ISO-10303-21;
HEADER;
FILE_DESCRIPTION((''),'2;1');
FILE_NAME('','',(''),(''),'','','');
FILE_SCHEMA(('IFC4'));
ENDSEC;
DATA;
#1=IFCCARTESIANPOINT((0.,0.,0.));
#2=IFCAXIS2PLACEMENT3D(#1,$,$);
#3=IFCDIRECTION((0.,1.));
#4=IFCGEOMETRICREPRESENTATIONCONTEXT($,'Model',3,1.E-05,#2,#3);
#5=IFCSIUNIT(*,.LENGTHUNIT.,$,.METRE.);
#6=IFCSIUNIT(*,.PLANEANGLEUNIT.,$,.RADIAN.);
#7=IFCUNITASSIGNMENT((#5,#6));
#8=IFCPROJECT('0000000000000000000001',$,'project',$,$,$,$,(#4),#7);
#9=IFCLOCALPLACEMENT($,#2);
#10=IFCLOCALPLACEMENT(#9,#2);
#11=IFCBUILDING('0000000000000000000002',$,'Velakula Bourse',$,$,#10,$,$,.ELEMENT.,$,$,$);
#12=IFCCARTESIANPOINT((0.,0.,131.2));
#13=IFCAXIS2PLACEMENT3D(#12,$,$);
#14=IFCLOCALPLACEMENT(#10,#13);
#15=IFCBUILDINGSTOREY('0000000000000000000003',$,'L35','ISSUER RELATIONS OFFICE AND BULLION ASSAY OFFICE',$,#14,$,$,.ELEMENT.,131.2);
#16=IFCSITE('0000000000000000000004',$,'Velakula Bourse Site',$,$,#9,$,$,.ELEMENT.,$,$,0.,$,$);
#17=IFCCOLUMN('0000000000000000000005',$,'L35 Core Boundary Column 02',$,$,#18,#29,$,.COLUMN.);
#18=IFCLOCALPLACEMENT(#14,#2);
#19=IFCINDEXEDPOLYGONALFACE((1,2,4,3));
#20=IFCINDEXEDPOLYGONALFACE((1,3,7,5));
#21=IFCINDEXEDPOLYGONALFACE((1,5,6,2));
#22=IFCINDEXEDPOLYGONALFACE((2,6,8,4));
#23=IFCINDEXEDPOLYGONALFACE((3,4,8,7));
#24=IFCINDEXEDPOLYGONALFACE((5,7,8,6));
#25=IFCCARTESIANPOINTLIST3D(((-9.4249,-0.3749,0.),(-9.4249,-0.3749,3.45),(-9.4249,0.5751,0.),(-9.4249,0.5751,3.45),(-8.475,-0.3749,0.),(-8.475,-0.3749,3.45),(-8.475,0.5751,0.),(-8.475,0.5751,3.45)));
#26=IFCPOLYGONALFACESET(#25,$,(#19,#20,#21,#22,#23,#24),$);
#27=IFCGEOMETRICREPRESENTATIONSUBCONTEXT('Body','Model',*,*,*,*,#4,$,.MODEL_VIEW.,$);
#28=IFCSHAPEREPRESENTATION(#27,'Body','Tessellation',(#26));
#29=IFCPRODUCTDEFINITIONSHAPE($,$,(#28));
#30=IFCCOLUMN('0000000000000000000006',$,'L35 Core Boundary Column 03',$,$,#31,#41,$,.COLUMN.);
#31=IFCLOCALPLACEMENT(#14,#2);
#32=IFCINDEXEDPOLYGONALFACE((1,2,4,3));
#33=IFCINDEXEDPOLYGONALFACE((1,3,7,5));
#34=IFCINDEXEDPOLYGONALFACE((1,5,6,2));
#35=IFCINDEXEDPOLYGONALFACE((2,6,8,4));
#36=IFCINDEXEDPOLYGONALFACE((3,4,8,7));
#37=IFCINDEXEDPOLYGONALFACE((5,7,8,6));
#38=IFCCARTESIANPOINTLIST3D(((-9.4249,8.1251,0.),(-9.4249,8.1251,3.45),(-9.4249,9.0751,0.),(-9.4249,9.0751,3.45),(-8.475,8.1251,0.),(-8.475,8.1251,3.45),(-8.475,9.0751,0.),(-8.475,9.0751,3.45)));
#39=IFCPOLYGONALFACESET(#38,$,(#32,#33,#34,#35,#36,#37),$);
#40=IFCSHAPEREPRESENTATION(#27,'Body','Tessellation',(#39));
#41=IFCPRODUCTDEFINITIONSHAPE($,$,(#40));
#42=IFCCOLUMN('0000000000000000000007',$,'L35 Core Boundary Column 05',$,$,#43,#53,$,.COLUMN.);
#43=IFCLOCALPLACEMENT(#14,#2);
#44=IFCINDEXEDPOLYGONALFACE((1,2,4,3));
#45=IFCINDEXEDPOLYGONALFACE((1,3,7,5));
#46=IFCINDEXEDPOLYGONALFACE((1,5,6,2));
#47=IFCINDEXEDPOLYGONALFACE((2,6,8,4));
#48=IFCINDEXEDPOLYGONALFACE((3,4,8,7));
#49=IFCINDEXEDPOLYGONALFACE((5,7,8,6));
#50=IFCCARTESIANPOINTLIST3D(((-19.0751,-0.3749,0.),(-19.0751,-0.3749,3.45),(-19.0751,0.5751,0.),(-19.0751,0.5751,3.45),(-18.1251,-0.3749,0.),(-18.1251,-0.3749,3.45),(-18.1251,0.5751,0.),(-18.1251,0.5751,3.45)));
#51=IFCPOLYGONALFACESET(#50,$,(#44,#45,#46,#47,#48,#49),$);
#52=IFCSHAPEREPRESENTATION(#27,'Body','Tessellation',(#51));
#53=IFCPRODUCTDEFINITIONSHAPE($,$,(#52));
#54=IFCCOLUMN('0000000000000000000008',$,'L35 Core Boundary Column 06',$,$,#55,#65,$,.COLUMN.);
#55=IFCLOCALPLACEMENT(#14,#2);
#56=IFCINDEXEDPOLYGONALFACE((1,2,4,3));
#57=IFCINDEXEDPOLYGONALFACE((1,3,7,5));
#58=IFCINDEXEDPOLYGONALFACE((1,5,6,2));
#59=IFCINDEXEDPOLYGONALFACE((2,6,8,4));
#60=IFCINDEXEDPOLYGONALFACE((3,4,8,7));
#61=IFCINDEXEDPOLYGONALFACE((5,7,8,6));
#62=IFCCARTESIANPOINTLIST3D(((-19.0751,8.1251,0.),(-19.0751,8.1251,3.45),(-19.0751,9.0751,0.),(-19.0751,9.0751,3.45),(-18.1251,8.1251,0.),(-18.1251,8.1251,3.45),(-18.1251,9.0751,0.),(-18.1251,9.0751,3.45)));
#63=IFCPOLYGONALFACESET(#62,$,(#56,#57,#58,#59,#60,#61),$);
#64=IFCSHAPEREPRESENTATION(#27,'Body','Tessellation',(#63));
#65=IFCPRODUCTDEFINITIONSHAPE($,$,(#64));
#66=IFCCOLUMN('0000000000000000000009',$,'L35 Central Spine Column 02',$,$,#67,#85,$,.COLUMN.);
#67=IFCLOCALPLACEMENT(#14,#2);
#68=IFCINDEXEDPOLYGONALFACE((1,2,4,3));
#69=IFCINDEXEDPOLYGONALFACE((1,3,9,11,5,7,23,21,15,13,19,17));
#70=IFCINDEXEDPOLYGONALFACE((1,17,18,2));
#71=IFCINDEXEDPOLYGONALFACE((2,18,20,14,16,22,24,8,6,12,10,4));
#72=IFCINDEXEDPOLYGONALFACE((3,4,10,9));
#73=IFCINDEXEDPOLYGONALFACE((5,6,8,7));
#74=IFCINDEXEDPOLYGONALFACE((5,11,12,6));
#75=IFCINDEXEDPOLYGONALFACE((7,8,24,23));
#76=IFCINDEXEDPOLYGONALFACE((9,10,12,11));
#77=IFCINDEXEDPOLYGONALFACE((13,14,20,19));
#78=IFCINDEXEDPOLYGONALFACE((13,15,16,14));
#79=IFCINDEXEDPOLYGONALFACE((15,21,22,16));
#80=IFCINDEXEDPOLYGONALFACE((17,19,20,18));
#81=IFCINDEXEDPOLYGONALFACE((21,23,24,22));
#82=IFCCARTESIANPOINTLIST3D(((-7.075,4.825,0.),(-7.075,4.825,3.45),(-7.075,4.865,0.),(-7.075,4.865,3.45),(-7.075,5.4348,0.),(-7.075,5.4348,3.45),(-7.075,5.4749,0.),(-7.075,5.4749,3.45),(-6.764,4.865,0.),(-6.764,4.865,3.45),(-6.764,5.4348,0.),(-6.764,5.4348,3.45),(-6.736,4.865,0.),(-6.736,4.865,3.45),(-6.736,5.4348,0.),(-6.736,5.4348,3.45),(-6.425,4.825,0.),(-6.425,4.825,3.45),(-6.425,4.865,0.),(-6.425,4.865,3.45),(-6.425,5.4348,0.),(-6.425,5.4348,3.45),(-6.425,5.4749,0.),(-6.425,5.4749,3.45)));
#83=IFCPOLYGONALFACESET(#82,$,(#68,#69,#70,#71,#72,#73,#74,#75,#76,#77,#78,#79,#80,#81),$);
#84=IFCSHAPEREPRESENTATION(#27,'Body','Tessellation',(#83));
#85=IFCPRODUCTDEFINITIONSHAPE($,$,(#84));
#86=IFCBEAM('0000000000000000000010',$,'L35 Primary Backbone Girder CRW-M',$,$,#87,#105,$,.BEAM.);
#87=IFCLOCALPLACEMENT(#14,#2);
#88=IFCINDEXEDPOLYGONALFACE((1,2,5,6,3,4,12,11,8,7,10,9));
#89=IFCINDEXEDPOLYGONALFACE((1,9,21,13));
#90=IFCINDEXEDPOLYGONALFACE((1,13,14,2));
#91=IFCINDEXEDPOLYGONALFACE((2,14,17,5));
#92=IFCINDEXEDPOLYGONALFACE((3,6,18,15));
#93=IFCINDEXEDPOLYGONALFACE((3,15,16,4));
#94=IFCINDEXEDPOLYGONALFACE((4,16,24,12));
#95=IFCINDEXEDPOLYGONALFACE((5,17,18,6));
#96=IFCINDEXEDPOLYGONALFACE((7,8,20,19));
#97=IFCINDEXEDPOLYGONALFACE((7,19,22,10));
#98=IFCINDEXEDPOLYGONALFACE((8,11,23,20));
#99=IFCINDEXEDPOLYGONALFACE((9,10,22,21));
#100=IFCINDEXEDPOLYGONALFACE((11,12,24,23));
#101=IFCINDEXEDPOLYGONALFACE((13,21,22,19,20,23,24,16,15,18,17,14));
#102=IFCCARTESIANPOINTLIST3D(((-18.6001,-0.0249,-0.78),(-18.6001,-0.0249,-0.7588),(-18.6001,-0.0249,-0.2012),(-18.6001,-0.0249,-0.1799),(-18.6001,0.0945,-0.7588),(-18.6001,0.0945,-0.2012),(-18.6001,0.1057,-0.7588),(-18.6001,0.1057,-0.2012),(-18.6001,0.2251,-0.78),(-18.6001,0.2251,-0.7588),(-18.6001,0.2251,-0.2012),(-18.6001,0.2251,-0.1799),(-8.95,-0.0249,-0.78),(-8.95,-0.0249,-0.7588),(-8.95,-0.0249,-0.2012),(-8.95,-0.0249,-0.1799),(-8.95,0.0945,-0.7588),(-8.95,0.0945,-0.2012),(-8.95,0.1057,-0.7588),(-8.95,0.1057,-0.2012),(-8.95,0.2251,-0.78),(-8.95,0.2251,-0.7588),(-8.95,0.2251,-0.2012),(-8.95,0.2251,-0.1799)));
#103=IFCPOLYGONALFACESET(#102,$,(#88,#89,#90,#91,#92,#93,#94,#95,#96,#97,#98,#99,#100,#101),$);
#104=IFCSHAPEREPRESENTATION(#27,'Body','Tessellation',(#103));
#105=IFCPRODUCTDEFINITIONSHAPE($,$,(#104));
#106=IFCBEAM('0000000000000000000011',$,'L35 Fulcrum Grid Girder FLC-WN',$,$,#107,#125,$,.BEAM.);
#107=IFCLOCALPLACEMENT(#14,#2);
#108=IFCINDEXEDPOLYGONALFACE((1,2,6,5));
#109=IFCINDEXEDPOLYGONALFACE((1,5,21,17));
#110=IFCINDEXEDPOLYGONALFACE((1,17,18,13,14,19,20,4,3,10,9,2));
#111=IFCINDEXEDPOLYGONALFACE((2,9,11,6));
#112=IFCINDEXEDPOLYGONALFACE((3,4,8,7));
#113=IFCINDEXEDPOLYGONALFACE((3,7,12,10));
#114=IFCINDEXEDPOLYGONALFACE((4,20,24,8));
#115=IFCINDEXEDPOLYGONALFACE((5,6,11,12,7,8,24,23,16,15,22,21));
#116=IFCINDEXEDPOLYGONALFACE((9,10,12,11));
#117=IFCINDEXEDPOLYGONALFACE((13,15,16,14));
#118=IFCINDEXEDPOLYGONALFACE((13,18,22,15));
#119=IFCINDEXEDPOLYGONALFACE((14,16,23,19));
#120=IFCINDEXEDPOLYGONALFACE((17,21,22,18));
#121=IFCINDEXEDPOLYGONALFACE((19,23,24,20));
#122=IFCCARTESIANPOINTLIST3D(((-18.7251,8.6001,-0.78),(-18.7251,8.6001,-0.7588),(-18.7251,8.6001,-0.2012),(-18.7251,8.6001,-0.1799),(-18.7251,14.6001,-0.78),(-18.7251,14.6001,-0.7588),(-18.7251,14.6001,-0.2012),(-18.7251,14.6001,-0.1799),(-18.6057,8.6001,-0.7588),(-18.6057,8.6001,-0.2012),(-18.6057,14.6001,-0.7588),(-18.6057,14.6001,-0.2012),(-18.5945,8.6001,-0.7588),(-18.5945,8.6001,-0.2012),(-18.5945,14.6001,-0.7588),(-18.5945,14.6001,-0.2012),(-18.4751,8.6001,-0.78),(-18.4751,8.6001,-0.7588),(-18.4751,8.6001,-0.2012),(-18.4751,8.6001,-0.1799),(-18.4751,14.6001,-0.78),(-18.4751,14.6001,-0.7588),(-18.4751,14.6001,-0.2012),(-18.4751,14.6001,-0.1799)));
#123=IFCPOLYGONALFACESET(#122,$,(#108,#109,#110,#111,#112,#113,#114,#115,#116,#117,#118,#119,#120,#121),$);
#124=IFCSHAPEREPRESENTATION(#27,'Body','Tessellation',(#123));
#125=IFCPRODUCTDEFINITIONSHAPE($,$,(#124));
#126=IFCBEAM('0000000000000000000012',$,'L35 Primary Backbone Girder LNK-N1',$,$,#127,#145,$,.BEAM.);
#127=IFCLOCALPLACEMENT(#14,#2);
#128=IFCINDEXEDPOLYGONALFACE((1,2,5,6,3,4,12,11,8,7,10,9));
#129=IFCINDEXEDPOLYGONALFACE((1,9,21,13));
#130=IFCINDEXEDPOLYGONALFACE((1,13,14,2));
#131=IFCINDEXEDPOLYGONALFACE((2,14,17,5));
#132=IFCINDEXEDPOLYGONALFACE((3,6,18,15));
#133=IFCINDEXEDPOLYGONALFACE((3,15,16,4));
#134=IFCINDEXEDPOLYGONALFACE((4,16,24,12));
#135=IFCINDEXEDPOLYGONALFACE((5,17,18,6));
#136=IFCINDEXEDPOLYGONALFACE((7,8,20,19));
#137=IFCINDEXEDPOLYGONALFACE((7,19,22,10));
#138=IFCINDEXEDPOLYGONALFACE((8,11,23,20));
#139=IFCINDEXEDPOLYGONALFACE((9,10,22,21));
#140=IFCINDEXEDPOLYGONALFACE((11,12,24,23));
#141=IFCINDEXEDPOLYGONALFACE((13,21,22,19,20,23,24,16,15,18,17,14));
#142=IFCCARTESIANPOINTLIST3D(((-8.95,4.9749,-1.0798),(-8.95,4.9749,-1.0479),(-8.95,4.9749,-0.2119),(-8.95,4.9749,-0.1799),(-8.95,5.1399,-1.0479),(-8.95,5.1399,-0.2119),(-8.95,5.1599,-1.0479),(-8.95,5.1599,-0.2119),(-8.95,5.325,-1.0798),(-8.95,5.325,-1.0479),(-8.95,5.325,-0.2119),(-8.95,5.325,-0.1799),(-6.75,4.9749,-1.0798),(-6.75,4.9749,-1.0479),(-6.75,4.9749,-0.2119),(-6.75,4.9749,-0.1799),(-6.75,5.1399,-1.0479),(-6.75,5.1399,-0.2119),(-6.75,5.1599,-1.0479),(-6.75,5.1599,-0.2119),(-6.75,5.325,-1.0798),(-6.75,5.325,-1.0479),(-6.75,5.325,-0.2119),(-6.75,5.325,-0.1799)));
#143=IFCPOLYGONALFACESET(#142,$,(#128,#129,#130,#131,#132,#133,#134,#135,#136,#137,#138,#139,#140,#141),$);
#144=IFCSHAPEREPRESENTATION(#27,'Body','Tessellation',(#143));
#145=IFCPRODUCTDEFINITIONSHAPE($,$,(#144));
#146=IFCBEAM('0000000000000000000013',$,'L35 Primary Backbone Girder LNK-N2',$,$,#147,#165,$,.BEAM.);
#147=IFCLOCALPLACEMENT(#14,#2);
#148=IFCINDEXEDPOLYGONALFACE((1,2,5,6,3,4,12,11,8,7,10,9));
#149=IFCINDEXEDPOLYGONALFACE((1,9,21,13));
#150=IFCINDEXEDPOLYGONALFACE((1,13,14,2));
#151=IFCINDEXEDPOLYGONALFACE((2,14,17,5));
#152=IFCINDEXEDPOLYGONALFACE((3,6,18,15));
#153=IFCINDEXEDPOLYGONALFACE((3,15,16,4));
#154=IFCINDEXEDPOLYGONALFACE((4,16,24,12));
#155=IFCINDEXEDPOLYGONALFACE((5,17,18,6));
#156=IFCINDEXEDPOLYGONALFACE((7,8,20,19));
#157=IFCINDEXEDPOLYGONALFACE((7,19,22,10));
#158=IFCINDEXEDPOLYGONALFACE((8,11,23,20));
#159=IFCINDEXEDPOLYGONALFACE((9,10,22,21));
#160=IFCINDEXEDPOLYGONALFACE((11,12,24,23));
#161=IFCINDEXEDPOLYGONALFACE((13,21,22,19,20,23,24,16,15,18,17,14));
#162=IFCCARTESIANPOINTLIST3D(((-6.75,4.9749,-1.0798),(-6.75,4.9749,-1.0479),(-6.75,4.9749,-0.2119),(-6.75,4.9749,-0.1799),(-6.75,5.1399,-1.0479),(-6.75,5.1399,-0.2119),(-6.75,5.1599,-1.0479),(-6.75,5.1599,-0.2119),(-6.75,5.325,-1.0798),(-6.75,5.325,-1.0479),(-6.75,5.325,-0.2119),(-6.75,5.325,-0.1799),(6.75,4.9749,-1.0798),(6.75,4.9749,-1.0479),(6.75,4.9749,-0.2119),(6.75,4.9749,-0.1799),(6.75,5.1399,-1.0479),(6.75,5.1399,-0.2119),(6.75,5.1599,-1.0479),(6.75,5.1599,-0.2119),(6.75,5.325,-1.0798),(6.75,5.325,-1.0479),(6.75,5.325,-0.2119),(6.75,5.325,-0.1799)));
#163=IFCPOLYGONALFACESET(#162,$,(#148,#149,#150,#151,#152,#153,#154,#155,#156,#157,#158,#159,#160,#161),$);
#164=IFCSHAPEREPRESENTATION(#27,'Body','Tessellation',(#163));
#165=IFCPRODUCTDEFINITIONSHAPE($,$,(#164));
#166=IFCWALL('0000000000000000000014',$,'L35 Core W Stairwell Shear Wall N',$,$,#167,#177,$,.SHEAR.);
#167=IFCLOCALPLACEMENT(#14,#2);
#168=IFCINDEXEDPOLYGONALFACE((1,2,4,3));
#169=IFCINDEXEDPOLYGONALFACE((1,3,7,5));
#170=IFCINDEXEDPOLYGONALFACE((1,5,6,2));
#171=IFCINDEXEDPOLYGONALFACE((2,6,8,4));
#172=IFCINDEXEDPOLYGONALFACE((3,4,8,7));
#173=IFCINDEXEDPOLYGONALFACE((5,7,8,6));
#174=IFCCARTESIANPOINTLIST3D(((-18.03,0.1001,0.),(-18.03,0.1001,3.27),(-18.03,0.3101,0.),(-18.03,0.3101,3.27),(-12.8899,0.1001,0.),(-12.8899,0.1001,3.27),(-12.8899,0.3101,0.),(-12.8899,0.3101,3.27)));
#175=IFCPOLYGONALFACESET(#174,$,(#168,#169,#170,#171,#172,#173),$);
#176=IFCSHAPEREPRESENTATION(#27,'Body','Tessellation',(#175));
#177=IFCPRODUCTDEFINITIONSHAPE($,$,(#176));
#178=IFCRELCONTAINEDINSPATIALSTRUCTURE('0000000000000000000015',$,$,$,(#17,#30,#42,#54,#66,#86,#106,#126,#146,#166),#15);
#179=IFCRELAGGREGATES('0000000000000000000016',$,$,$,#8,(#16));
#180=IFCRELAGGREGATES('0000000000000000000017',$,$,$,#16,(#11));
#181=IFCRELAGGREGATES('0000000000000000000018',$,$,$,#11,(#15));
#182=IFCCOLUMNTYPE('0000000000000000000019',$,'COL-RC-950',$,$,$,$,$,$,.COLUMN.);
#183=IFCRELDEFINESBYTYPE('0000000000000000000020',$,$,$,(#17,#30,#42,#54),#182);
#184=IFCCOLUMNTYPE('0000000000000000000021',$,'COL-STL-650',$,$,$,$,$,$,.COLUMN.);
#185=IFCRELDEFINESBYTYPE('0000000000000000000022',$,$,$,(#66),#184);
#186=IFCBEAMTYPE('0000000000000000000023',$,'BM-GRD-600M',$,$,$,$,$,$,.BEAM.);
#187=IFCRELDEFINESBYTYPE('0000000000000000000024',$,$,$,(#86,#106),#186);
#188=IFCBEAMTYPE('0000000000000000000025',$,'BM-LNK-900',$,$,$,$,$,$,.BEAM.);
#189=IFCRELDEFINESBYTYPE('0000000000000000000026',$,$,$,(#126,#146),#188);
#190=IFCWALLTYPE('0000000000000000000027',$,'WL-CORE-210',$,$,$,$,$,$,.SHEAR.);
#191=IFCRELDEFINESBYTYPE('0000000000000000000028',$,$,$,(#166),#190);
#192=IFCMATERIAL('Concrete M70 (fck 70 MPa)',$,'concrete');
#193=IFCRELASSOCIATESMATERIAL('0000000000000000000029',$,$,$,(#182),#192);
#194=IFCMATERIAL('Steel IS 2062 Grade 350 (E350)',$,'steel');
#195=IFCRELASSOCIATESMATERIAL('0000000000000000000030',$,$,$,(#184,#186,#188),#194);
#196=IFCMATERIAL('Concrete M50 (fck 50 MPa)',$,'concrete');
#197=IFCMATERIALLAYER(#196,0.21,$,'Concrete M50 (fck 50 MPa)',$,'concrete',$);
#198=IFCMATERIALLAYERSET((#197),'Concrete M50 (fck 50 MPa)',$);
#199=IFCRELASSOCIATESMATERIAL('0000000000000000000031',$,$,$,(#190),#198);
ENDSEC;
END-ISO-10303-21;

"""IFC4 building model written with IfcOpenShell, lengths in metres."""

from ifc_helpers import new_model, si_unit, direction, frame, frame_2d, origin, origin_2d, place, context, subcontext, project, spatial, rectangle, i_section, extrude, material, layer, layer_set, material_profile, profile_set, type_object, element, save


model = new_model("IFC4")

# Units and contexts
model_context = context("Model", 3, precision=1e-05, world=origin(), true_north=direction((0.0, 1.0)))
body_context = subcontext(model_context, "Body", "Model", "MODEL_VIEW")
ifc_project = project(units=[si_unit("LENGTHUNIT", "METRE"), si_unit("PLANEANGLEUNIT", "RADIAN")], contexts=[model_context])

# Site, building, storey
site_placement = place(None, origin())
site = spatial("IfcSite", under=ifc_project, at=site_placement, Name="Velakula Bourse Site", CompositionType="ELEMENT", RefElevation=0.0)
building_placement = place(site_placement, origin())
building = spatial("IfcBuilding", under=site, at=building_placement, Name="Velakula Bourse", CompositionType="ELEMENT")
storey_placement = place(building_placement, frame((0.0, 0.0, 131.2)))
storey = spatial("IfcBuildingStorey", under=building, at=storey_placement, Name="L35", Description="ISSUER RELATIONS OFFICE AND BULLION ASSAY OFFICE", CompositionType="ELEMENT", Elevation=131.2)

# Columns
ifc_material_1 = material(Name="Concrete M70 (fck 70 MPa)", Category="concrete")
ifc_material_profile_1 = material_profile(ifc_material_1, rectangle(XDim=0.95, YDim=0.95, at=origin_2d()), Name="Concrete M70 (fck 70 MPa)")
ifc_profile_set_1 = profile_set([ifc_material_profile_1], Name="Concrete M70 (fck 70 MPa)")
column_type_1 = type_object("IfcColumnType", Name="COL-RC-950", PredefinedType="COLUMN", material=ifc_profile_set_1)
for number, where, z_axis, x_axis, name in (
    (1, (-8.95, 0.1001, 0.0), (0.0, 0.0, 1.0), (1.0, 0.0, 0.0), "L35 Core Boundary Column 02"),
    (2, (-8.95, 8.6001, 0.0), (0.0, 0.0, 1.0), (1.0, 0.0, 0.0), "L35 Core Boundary Column 03"),
    (3, (-18.6001, 0.1001, 0.0), (0.0, 0.0, 1.0), (1.0, 0.0, 0.0), "L35 Core Boundary Column 05"),
    (4, (-18.6001, 8.6001, 0.0), (0.0, 0.0, 1.0), (1.0, 0.0, 0.0), "L35 Core Boundary Column 06"),
):
    element("IfcColumn", number, at=place(storey_placement, frame(where, z_axis=z_axis, x_axis=x_axis)), inside=storey, type_object=column_type_1, Name=name, PredefinedType="COLUMN", context=body_context, shape_type="SweptSolid", body=[
        extrude(rectangle(XDim=0.95, YDim=0.95, at=origin_2d()), origin(), (0.0, 0.0, 1.0), 3.45),
    ])
ifc_material_2 = material(Name="Steel IS 2062 Grade 350 (E350)", Category="steel")
ifc_material_profile_2 = material_profile(ifc_material_2, i_section(OverallWidth=0.6499, OverallDepth=0.6499, WebThickness=0.0281, FlangeThickness=0.04, at=origin_2d()), Name="Steel IS 2062 Grade 350 (E350)")
ifc_profile_set_2 = profile_set([ifc_material_profile_2], Name="Steel IS 2062 Grade 350 (E350)")
column_type_2 = type_object("IfcColumnType", Name="COL-STL-650", PredefinedType="COLUMN", material=ifc_profile_set_2)
column_placement = place(storey_placement, frame((-6.75, 5.1499, 0.0), z_axis=(0.0, 0.0, 1.0), x_axis=(1.0, 0.0, 0.0)))
element("IfcColumn", 5, at=column_placement, inside=storey, type_object=column_type_2, Name="L35 Central Spine Column 02", PredefinedType="COLUMN", context=body_context, shape_type="SweptSolid", body=[
    extrude(i_section(OverallWidth=0.6499, OverallDepth=0.6499, WebThickness=0.0281, FlangeThickness=0.04, at=origin_2d()), origin(), (0.0, 0.0, 1.0), 3.45),
])

# Beams
ifc_material_profile_3 = material_profile(ifc_material_2, i_section(OverallWidth=0.25, OverallDepth=0.6001, WebThickness=0.0112, FlangeThickness=0.0212, at=origin_2d()), Name="Steel IS 2062 Grade 350 (E350)")
ifc_profile_set_3 = profile_set([ifc_material_profile_3], Name="Steel IS 2062 Grade 350 (E350)")
beam_type_1 = type_object("IfcBeamType", Name="BM-GRD-600M", PredefinedType="BEAM", material=ifc_profile_set_3)
beam_1_placement = place(storey_placement, frame((-18.6001, 0.1001, -0.48), z_axis=(1.0, 0.0, 0.0), x_axis=(0.0, 1.0, 0.0)))
element("IfcBeam", 6, at=beam_1_placement, inside=storey, type_object=beam_type_1, Name="L35 Primary Backbone Girder CRW-M", PredefinedType="BEAM", context=body_context, shape_type="SweptSolid", body=[
    extrude(i_section(OverallWidth=0.25, OverallDepth=0.6001, WebThickness=0.0112, FlangeThickness=0.0212, at=origin_2d()), origin(), (0.0, 0.0, 1.0), 9.6501),
])
beam_2_placement = place(storey_placement, frame((-18.6001, 8.6001, -0.48), z_axis=(0.0, 1.0, 0.0), x_axis=(-1.0, 0.0, 0.0)))
element("IfcBeam", 7, at=beam_2_placement, inside=storey, type_object=beam_type_1, Name="L35 Fulcrum Grid Girder FLC-WN", PredefinedType="BEAM", context=body_context, shape_type="SweptSolid", body=[
    extrude(i_section(OverallWidth=0.25, OverallDepth=0.6001, WebThickness=0.0112, FlangeThickness=0.0212, at=origin_2d()), origin(), (0.0, 0.0, 1.0), 6.0),
])
ifc_material_profile_4 = material_profile(ifc_material_2, i_section(OverallWidth=0.3501, OverallDepth=0.8999, WebThickness=0.02, FlangeThickness=0.032, at=origin_2d()), Name="Steel IS 2062 Grade 350 (E350)")
ifc_profile_set_4 = profile_set([ifc_material_profile_4], Name="Steel IS 2062 Grade 350 (E350)")
beam_type_2 = type_object("IfcBeamType", Name="BM-LNK-900", PredefinedType="BEAM", material=ifc_profile_set_4)
beam_3_placement = place(storey_placement, frame((-8.95, 5.1499, -0.6299), z_axis=(1.0, 0.0, 0.0), x_axis=(0.0, 1.0, 0.0)))
element("IfcBeam", 8, at=beam_3_placement, inside=storey, type_object=beam_type_2, Name="L35 Primary Backbone Girder LNK-N1", PredefinedType="BEAM", context=body_context, shape_type="SweptSolid", body=[
    extrude(i_section(OverallWidth=0.3501, OverallDepth=0.8999, WebThickness=0.02, FlangeThickness=0.032, at=origin_2d()), origin(), (0.0, 0.0, 1.0), 2.2),
])
beam_4_placement = place(storey_placement, frame((-6.75, 5.1499, -0.6299), z_axis=(1.0, 0.0, 0.0), x_axis=(0.0, 1.0, 0.0)))
element("IfcBeam", 9, at=beam_4_placement, inside=storey, type_object=beam_type_2, Name="L35 Primary Backbone Girder LNK-N2", PredefinedType="BEAM", context=body_context, shape_type="SweptSolid", body=[
    extrude(i_section(OverallWidth=0.3501, OverallDepth=0.8999, WebThickness=0.02, FlangeThickness=0.032, at=origin_2d()), origin(), (0.0, 0.0, 1.0), 13.5),
])

# Wall
ifc_material_3 = material(Name="Concrete M50 (fck 50 MPa)", Category="concrete")
ifc_layer_1 = layer(ifc_material_3, 0.21, Name="Concrete M50 (fck 50 MPa)", Category="concrete")
ifc_layer_set_1 = layer_set([ifc_layer_1], Name="Concrete M50 (fck 50 MPa)")
wall_type_1 = type_object("IfcWallType", Name="WL-CORE-210", PredefinedType="SHEAR", material=ifc_layer_set_1)
wall_1_placement = place(storey_placement, frame((-12.8899, 0.2051, 0.0), z_axis=(0.0, 0.0, 1.0), x_axis=(-1.0, 0.0, 0.0)))
element("IfcWall", 10, at=wall_1_placement, inside=storey, type_object=wall_type_1, Name="L35 Core W Stairwell Shear Wall N", PredefinedType="SHEAR", context=body_context, shape_type="SweptSolid", body=[
    extrude(rectangle(XDim=5.1401, YDim=0.21, at=frame_2d((2.5701, 0.0))), origin(), (0.0, 0.0, 1.0), 3.27),
])

save(model, "model.ifc")
